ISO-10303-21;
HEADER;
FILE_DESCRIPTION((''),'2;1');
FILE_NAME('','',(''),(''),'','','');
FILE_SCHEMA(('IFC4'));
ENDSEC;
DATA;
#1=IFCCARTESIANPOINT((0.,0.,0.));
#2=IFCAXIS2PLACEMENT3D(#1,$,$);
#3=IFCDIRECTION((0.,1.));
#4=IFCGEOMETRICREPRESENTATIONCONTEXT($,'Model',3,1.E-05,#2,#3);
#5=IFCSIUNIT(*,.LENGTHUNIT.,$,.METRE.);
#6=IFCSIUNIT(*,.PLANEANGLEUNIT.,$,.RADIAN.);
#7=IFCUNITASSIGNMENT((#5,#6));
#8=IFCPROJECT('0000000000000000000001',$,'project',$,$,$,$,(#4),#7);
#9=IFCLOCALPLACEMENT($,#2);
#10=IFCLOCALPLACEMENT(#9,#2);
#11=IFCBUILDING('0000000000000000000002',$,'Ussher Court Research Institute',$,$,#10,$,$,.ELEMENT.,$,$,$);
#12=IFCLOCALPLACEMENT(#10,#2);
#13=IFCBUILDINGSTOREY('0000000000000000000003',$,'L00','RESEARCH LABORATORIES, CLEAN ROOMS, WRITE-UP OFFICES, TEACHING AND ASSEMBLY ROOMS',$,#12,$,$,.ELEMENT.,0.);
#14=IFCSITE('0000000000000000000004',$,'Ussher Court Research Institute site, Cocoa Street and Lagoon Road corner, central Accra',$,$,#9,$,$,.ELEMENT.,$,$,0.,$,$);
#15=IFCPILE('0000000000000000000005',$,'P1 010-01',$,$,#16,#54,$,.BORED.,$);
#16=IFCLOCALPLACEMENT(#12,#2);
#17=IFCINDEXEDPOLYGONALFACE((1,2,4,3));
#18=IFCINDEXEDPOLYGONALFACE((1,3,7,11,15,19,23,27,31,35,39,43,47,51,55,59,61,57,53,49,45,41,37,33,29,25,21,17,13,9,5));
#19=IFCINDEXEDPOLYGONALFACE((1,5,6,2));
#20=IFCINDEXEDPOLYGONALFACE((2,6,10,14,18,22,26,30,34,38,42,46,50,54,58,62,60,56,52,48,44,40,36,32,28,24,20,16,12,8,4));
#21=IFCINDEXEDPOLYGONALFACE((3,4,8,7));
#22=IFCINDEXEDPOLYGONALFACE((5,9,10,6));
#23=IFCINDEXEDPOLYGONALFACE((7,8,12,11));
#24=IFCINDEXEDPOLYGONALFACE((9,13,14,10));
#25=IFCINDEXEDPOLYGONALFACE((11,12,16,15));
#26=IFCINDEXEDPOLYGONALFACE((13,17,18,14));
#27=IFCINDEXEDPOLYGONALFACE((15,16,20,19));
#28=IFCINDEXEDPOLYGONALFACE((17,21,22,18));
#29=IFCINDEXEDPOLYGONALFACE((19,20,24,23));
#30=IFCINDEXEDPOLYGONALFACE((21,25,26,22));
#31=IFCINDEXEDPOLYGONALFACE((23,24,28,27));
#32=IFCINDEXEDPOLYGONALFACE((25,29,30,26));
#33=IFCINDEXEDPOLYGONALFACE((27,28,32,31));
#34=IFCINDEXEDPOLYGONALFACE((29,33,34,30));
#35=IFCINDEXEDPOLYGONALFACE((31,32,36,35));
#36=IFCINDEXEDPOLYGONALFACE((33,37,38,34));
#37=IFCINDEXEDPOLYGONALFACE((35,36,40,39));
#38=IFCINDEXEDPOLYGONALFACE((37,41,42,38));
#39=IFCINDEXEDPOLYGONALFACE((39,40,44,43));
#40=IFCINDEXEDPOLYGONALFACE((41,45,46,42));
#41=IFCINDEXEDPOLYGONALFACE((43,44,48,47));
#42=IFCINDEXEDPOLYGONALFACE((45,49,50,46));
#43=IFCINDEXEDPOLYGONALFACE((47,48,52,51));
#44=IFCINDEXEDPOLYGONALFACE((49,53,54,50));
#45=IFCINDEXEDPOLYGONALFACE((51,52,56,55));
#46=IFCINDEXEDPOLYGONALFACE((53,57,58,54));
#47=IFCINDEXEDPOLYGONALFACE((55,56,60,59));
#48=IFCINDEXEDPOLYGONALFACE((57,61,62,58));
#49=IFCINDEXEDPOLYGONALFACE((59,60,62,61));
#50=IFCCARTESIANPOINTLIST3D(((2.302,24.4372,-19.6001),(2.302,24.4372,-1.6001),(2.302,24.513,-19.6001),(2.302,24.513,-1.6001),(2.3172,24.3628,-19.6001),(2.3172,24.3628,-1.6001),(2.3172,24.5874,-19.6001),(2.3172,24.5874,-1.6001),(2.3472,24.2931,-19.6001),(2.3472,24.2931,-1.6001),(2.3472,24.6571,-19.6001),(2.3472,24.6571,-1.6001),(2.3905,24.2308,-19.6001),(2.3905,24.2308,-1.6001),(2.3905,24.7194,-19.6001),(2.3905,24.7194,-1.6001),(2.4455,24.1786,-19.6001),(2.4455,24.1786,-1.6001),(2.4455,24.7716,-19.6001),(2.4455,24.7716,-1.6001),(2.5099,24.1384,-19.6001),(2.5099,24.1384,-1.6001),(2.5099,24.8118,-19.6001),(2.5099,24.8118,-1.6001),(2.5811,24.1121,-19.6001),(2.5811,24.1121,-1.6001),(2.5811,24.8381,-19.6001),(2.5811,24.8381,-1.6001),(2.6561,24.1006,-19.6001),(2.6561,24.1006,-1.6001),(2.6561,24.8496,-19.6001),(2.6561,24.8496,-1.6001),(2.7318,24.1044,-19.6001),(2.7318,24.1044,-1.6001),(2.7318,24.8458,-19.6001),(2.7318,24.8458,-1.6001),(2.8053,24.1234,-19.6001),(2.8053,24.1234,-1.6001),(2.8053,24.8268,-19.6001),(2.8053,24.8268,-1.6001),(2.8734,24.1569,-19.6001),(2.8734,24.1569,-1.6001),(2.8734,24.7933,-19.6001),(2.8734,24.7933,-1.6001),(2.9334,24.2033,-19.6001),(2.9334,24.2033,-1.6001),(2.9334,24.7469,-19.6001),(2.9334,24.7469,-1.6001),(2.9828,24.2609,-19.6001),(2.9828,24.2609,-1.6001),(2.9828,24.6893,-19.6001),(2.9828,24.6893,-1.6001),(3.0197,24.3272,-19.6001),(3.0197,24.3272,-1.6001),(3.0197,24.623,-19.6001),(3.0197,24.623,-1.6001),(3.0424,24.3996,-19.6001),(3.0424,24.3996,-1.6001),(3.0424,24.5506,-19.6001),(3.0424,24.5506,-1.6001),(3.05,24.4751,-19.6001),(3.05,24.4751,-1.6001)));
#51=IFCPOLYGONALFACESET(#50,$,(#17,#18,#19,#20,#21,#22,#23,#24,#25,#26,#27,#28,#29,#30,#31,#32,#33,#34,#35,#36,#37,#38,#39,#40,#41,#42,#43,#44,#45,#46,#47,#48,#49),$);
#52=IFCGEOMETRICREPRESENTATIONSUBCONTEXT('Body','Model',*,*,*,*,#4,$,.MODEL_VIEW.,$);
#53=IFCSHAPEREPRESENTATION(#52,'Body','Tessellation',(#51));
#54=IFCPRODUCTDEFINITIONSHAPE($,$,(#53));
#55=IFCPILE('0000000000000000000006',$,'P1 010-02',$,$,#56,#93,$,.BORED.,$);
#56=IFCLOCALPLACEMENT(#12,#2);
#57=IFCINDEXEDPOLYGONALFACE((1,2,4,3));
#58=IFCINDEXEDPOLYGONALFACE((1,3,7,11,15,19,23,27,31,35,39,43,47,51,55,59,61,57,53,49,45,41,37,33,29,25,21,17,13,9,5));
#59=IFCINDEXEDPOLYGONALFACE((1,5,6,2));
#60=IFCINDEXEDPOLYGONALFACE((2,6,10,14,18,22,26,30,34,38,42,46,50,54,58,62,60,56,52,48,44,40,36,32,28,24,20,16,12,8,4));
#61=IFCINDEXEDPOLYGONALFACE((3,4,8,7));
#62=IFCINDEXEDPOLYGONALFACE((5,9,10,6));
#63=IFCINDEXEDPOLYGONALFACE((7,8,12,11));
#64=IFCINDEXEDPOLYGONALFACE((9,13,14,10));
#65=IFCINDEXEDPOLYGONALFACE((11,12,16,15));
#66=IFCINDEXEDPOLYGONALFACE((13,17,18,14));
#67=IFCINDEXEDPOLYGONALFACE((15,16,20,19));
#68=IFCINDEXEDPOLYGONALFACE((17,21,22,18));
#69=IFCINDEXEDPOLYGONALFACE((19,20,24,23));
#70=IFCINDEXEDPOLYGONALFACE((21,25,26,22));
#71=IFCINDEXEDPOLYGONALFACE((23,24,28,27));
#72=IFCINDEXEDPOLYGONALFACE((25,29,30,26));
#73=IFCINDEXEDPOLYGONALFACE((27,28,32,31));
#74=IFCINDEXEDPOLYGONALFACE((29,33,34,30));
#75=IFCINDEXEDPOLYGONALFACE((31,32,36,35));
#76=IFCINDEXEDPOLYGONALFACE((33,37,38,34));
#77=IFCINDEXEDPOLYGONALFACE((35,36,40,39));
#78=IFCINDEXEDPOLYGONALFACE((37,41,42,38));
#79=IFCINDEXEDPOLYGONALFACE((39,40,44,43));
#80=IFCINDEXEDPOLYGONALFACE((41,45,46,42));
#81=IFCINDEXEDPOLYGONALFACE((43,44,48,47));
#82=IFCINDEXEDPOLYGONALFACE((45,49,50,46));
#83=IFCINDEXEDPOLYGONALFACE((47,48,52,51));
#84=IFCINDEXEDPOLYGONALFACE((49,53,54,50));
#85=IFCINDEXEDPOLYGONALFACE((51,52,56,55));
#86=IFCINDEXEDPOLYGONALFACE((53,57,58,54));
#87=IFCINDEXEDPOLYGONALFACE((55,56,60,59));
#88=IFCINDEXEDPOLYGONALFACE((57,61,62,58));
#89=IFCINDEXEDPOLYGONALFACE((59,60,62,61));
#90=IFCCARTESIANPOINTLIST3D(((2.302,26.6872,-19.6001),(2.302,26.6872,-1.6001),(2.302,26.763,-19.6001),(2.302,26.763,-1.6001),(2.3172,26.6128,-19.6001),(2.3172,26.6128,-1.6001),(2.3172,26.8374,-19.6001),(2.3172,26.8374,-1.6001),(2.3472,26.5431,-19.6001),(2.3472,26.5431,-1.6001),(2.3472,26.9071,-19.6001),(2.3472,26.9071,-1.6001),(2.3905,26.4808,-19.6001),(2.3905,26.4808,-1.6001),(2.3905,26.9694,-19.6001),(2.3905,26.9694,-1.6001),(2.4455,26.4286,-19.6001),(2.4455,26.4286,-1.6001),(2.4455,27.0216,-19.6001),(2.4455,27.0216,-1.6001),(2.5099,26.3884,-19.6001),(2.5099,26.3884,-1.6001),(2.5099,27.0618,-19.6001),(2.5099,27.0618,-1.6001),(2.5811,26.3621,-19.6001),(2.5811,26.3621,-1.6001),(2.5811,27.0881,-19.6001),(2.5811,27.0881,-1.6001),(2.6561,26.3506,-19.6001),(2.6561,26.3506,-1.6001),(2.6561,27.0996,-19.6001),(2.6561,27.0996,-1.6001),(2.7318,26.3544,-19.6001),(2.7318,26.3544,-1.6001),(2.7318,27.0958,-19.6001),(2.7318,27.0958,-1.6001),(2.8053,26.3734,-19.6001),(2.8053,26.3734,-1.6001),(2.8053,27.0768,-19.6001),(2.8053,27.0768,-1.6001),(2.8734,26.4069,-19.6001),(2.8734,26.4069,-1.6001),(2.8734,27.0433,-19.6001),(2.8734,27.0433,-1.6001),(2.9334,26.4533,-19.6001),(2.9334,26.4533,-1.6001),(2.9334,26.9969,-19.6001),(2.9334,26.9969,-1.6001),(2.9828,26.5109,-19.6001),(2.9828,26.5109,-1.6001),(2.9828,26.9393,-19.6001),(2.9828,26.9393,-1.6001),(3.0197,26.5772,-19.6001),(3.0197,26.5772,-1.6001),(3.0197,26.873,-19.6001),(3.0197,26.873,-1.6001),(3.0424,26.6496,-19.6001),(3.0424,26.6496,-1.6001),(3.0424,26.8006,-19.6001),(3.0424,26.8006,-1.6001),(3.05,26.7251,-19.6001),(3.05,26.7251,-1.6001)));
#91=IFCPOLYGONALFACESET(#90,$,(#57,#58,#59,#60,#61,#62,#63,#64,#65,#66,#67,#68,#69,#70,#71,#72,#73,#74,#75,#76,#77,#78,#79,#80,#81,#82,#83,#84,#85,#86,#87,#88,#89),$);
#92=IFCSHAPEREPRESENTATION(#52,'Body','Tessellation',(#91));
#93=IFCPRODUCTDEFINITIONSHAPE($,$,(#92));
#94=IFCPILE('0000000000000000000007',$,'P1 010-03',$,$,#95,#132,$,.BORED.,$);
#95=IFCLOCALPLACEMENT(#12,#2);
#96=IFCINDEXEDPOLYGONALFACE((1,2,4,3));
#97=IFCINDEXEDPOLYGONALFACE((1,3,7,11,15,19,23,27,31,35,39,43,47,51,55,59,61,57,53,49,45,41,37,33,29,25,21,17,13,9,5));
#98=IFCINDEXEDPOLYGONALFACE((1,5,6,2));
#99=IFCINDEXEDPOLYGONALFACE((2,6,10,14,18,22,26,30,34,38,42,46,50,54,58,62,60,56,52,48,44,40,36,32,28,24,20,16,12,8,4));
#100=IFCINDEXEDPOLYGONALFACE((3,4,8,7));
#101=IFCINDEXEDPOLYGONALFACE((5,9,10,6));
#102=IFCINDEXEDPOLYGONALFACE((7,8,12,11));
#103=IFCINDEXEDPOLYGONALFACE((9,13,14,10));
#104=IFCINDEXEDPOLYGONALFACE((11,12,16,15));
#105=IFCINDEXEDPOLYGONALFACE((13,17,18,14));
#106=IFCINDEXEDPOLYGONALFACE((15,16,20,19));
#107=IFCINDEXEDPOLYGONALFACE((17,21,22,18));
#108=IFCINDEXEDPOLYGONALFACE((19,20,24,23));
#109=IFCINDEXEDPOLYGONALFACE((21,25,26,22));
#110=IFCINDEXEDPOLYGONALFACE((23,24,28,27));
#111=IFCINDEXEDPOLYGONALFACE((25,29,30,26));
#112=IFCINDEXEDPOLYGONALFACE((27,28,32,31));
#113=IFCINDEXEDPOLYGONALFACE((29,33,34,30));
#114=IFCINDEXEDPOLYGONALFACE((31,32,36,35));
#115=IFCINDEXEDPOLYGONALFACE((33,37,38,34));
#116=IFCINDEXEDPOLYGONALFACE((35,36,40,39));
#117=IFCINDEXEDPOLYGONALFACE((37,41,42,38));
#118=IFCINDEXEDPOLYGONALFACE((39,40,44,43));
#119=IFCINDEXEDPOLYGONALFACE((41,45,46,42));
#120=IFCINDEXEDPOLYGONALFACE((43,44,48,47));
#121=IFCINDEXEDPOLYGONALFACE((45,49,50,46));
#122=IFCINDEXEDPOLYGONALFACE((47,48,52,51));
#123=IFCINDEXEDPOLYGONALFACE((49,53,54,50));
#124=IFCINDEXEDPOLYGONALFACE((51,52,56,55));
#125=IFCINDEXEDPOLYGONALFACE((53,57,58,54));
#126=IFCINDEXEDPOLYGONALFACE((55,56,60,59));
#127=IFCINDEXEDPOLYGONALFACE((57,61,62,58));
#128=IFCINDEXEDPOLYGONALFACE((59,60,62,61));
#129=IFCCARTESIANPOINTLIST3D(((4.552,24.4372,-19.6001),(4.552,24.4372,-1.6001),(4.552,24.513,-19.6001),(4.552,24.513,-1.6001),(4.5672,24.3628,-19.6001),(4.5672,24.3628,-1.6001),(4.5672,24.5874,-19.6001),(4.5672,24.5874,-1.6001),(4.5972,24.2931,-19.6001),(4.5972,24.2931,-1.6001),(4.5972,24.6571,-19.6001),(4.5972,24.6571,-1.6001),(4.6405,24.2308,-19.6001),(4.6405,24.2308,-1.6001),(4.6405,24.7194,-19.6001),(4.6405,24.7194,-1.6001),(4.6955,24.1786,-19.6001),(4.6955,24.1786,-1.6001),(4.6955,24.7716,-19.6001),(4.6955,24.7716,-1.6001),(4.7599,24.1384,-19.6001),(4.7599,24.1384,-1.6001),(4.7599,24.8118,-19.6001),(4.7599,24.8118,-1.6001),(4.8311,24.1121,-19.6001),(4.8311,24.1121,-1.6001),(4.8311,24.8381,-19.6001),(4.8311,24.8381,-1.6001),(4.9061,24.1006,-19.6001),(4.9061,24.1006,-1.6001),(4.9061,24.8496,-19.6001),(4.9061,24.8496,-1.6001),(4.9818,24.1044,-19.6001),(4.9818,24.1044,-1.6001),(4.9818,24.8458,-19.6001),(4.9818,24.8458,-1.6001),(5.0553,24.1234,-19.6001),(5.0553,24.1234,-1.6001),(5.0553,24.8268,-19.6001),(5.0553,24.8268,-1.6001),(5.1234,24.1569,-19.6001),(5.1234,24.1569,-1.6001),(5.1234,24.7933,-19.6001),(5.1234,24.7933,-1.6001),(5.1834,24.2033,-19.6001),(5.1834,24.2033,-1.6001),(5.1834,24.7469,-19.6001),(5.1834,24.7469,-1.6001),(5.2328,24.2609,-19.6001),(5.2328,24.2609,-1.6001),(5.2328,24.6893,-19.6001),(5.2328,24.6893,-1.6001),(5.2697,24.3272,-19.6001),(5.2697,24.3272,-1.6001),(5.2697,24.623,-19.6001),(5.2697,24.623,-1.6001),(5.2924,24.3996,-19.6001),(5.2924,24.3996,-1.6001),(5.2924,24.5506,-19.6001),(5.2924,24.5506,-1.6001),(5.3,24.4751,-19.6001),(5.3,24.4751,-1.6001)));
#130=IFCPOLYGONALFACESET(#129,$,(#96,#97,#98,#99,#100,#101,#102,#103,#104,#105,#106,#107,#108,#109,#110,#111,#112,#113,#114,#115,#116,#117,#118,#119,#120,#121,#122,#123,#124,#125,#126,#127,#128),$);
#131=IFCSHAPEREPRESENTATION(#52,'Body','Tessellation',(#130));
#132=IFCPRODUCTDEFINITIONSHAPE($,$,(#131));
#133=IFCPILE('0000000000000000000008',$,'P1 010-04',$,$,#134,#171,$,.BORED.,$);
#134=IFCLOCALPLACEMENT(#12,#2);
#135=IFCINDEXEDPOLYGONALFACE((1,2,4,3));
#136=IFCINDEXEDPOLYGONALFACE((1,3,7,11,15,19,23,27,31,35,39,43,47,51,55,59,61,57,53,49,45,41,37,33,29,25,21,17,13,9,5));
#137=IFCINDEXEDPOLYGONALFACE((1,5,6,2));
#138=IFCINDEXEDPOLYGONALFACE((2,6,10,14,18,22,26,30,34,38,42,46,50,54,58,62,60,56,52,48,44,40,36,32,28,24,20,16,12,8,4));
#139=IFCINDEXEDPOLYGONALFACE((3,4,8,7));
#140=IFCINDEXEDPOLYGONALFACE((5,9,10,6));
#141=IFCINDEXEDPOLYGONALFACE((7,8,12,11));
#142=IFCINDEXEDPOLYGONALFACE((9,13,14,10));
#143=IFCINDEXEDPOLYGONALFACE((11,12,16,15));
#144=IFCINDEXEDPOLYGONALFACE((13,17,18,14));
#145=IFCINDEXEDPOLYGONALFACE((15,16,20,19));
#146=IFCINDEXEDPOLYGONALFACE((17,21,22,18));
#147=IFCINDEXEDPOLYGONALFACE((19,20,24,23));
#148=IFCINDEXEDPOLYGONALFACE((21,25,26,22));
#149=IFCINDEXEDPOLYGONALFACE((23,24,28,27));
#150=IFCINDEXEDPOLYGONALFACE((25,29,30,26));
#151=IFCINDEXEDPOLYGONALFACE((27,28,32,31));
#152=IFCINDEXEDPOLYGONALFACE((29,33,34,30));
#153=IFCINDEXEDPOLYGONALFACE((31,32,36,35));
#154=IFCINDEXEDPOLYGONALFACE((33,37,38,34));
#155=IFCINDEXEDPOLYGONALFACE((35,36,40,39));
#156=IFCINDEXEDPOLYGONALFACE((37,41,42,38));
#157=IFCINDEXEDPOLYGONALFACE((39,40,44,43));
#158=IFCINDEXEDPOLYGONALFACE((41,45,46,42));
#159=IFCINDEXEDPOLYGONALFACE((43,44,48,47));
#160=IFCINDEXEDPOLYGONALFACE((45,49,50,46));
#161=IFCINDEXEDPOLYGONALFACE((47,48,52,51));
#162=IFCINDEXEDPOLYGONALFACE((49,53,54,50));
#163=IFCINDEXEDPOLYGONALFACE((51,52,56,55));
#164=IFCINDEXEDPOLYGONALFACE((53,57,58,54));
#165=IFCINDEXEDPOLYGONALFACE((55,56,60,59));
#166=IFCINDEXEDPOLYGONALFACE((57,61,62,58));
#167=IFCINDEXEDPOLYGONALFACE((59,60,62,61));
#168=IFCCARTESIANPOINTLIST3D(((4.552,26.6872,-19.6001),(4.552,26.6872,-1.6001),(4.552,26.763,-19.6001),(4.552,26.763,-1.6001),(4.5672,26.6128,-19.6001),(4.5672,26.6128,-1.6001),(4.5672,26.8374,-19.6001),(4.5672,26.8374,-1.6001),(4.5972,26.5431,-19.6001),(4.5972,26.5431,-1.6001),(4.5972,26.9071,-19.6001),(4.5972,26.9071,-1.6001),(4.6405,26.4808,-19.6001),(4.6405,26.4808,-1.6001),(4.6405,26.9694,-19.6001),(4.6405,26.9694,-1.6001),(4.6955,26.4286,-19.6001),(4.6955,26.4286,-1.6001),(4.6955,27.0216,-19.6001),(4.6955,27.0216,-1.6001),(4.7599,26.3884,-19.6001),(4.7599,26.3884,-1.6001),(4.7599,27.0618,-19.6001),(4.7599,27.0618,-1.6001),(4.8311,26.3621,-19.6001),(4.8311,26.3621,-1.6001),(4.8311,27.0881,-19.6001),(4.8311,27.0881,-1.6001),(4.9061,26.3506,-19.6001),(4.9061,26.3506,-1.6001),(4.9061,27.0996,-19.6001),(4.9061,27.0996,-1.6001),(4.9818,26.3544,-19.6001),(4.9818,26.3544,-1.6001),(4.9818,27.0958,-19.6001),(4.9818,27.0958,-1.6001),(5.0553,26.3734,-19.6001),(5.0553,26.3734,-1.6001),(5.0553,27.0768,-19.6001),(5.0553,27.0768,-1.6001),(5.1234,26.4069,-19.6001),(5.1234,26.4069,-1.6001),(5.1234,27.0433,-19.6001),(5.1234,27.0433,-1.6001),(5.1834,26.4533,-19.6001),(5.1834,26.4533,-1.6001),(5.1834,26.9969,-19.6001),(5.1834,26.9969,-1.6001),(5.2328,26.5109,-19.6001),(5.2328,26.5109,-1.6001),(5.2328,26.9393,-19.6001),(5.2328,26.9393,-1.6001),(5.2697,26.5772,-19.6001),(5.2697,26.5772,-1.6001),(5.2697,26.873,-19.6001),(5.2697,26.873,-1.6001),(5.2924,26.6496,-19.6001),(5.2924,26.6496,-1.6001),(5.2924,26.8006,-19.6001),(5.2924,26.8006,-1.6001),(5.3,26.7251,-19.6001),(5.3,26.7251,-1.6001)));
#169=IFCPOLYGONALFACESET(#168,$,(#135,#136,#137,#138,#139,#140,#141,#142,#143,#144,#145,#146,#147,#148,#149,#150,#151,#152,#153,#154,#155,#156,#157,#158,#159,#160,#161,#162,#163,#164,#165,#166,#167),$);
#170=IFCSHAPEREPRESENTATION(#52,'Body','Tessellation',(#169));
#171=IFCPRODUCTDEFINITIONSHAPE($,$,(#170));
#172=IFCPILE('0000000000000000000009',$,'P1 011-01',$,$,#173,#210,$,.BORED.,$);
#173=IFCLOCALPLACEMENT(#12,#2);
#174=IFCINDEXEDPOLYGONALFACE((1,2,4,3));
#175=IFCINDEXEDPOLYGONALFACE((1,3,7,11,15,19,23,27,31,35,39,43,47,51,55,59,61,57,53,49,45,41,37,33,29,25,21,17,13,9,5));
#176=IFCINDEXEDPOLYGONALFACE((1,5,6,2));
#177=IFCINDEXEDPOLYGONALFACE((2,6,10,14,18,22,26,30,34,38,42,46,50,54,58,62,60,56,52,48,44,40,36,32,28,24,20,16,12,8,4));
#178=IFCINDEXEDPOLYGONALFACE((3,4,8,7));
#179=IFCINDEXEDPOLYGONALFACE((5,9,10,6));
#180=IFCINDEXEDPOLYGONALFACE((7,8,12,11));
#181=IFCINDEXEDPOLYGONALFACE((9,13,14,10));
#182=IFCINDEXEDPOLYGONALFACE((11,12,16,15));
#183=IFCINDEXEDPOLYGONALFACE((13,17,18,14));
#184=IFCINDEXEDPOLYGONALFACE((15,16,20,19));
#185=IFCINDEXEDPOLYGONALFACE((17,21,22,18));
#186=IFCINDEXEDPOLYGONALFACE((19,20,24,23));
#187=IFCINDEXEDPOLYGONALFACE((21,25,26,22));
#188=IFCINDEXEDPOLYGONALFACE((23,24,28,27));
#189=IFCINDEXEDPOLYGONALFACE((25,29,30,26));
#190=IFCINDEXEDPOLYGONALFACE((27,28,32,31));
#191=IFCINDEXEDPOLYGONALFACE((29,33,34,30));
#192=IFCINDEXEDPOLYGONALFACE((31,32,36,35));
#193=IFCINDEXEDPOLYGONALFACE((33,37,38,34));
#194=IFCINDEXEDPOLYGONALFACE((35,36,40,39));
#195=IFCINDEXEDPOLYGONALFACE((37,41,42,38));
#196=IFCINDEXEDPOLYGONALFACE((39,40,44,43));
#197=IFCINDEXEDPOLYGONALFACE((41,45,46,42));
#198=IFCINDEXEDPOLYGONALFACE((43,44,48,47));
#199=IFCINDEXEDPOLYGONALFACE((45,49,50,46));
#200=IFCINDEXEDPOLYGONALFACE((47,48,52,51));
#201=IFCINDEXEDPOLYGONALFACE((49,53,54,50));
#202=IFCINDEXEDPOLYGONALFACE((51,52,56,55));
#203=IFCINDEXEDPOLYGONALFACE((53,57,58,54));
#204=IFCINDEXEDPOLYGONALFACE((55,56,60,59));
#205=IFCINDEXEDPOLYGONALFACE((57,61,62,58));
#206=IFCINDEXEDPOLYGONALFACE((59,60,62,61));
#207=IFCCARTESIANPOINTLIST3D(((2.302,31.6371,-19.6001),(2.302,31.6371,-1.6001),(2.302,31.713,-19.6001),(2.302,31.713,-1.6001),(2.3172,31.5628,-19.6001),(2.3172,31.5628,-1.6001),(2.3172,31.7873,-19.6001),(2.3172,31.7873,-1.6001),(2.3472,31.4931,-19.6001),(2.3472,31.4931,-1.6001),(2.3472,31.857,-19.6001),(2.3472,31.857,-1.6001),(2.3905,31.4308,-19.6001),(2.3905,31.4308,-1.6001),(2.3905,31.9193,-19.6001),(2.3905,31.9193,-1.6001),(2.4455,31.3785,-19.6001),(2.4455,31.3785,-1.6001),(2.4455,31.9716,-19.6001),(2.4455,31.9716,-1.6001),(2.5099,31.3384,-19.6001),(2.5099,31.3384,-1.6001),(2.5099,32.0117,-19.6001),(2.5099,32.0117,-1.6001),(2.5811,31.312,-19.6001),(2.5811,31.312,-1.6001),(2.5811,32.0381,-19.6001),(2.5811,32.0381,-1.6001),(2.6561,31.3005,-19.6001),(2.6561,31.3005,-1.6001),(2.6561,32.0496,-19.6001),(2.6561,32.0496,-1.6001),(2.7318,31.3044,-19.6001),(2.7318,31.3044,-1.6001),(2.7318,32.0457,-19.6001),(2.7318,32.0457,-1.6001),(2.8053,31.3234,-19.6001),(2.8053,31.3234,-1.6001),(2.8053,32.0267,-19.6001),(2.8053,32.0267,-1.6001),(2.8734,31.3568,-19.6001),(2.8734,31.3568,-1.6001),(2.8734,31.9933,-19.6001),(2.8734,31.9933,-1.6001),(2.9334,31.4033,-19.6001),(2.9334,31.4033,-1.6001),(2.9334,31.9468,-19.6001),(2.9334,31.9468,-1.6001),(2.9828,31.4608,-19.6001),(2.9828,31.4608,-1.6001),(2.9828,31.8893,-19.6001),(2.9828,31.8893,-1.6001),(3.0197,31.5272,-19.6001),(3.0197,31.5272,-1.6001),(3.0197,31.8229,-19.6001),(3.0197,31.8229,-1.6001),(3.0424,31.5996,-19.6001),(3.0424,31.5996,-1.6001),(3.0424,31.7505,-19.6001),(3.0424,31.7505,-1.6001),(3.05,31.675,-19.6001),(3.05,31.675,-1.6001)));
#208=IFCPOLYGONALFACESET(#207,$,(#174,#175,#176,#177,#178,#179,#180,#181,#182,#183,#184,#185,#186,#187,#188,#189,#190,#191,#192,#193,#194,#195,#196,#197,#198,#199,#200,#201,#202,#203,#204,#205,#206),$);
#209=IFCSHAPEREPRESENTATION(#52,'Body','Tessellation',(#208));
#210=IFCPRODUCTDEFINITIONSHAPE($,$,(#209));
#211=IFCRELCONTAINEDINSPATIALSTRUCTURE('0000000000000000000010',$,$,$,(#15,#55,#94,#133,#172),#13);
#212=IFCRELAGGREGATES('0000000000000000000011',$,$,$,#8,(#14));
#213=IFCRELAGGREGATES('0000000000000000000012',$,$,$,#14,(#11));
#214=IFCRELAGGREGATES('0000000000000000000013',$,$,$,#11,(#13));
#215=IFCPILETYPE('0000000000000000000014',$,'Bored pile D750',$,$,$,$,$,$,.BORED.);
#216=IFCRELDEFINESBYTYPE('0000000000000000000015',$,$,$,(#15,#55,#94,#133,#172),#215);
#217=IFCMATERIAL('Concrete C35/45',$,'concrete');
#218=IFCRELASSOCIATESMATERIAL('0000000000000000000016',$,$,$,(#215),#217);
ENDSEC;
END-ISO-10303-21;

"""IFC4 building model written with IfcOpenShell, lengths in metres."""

from ifc_helpers import new_model, si_unit, direction, frame, origin, origin_2d, place, context, subcontext, project, spatial, circle, extrude, material, material_profile, profile_set, type_object, element, save


model = new_model("IFC4")

# Units and contexts
model_context = context("Model", 3, precision=1e-05, world=origin(), true_north=direction((0.0, 1.0)))
body_context = subcontext(model_context, "Body", "Model", "MODEL_VIEW")
ifc_project = project(units=[si_unit("LENGTHUNIT", "METRE"), si_unit("PLANEANGLEUNIT", "RADIAN")], contexts=[model_context])

# Site, building, storey
site_placement = place(None, origin())
site = spatial("IfcSite", under=ifc_project, at=site_placement, Name="Ussher Court Research Institute site, Cocoa Street and Lagoon Road corner, central Accra", CompositionType="ELEMENT", RefElevation=0.0)
building_placement = place(site_placement, origin())
building = spatial("IfcBuilding", under=site, at=building_placement, Name="Ussher Court Research Institute", CompositionType="ELEMENT")
storey_placement = place(building_placement, origin())
storey = spatial("IfcBuildingStorey", under=building, at=storey_placement, Name="L00", Description="RESEARCH LABORATORIES, CLEAN ROOMS, WRITE-UP OFFICES, TEACHING AND ASSEMBLY ROOMS", CompositionType="ELEMENT", Elevation=0.0)

# Piles
ifc_material_1 = material(Name="Concrete C35/45", Category="concrete")
ifc_material_profile_1 = material_profile(ifc_material_1, circle(Radius=0.375, at=origin_2d()), Name="RC D750")
ifc_profile_set_1 = profile_set([ifc_material_profile_1], Name="Concrete C35/45")
pile_type = type_object("IfcPileType", Name="Bored pile D750", PredefinedType="BORED", material=ifc_profile_set_1)
for number, where, z_axis, x_axis, name in (
    (1, (2.675, 24.4751, -1.6001), (0.0, 0.0, -1.0), (1.0, 0.0, 0.0), "P1 010-01"),
    (2, (2.675, 26.7251, -1.6001), (0.0, 0.0, -1.0), (1.0, 0.0, 0.0), "P1 010-02"),
    (3, (4.925, 24.4751, -1.6001), (0.0, 0.0, -1.0), (1.0, 0.0, 0.0), "P1 010-03"),
    (4, (4.925, 26.7251, -1.6001), (0.0, 0.0, -1.0), (1.0, 0.0, 0.0), "P1 010-04"),
    (5, (2.675, 31.675, -1.6001), (0.0, 0.0, -1.0), (1.0, 0.0, 0.0), "P1 011-01"),
):
    element("IfcPile", number, at=place(storey_placement, frame(where, z_axis=z_axis, x_axis=x_axis)), inside=storey, type_object=pile_type, Name=name, PredefinedType="BORED", context=body_context, shape_type="SweptSolid", body=[
        extrude(circle(Radius=0.375, at=origin_2d()), origin(), (0.0, 0.0, 1.0), 18.0),
    ])

save(model, "model.ifc")
